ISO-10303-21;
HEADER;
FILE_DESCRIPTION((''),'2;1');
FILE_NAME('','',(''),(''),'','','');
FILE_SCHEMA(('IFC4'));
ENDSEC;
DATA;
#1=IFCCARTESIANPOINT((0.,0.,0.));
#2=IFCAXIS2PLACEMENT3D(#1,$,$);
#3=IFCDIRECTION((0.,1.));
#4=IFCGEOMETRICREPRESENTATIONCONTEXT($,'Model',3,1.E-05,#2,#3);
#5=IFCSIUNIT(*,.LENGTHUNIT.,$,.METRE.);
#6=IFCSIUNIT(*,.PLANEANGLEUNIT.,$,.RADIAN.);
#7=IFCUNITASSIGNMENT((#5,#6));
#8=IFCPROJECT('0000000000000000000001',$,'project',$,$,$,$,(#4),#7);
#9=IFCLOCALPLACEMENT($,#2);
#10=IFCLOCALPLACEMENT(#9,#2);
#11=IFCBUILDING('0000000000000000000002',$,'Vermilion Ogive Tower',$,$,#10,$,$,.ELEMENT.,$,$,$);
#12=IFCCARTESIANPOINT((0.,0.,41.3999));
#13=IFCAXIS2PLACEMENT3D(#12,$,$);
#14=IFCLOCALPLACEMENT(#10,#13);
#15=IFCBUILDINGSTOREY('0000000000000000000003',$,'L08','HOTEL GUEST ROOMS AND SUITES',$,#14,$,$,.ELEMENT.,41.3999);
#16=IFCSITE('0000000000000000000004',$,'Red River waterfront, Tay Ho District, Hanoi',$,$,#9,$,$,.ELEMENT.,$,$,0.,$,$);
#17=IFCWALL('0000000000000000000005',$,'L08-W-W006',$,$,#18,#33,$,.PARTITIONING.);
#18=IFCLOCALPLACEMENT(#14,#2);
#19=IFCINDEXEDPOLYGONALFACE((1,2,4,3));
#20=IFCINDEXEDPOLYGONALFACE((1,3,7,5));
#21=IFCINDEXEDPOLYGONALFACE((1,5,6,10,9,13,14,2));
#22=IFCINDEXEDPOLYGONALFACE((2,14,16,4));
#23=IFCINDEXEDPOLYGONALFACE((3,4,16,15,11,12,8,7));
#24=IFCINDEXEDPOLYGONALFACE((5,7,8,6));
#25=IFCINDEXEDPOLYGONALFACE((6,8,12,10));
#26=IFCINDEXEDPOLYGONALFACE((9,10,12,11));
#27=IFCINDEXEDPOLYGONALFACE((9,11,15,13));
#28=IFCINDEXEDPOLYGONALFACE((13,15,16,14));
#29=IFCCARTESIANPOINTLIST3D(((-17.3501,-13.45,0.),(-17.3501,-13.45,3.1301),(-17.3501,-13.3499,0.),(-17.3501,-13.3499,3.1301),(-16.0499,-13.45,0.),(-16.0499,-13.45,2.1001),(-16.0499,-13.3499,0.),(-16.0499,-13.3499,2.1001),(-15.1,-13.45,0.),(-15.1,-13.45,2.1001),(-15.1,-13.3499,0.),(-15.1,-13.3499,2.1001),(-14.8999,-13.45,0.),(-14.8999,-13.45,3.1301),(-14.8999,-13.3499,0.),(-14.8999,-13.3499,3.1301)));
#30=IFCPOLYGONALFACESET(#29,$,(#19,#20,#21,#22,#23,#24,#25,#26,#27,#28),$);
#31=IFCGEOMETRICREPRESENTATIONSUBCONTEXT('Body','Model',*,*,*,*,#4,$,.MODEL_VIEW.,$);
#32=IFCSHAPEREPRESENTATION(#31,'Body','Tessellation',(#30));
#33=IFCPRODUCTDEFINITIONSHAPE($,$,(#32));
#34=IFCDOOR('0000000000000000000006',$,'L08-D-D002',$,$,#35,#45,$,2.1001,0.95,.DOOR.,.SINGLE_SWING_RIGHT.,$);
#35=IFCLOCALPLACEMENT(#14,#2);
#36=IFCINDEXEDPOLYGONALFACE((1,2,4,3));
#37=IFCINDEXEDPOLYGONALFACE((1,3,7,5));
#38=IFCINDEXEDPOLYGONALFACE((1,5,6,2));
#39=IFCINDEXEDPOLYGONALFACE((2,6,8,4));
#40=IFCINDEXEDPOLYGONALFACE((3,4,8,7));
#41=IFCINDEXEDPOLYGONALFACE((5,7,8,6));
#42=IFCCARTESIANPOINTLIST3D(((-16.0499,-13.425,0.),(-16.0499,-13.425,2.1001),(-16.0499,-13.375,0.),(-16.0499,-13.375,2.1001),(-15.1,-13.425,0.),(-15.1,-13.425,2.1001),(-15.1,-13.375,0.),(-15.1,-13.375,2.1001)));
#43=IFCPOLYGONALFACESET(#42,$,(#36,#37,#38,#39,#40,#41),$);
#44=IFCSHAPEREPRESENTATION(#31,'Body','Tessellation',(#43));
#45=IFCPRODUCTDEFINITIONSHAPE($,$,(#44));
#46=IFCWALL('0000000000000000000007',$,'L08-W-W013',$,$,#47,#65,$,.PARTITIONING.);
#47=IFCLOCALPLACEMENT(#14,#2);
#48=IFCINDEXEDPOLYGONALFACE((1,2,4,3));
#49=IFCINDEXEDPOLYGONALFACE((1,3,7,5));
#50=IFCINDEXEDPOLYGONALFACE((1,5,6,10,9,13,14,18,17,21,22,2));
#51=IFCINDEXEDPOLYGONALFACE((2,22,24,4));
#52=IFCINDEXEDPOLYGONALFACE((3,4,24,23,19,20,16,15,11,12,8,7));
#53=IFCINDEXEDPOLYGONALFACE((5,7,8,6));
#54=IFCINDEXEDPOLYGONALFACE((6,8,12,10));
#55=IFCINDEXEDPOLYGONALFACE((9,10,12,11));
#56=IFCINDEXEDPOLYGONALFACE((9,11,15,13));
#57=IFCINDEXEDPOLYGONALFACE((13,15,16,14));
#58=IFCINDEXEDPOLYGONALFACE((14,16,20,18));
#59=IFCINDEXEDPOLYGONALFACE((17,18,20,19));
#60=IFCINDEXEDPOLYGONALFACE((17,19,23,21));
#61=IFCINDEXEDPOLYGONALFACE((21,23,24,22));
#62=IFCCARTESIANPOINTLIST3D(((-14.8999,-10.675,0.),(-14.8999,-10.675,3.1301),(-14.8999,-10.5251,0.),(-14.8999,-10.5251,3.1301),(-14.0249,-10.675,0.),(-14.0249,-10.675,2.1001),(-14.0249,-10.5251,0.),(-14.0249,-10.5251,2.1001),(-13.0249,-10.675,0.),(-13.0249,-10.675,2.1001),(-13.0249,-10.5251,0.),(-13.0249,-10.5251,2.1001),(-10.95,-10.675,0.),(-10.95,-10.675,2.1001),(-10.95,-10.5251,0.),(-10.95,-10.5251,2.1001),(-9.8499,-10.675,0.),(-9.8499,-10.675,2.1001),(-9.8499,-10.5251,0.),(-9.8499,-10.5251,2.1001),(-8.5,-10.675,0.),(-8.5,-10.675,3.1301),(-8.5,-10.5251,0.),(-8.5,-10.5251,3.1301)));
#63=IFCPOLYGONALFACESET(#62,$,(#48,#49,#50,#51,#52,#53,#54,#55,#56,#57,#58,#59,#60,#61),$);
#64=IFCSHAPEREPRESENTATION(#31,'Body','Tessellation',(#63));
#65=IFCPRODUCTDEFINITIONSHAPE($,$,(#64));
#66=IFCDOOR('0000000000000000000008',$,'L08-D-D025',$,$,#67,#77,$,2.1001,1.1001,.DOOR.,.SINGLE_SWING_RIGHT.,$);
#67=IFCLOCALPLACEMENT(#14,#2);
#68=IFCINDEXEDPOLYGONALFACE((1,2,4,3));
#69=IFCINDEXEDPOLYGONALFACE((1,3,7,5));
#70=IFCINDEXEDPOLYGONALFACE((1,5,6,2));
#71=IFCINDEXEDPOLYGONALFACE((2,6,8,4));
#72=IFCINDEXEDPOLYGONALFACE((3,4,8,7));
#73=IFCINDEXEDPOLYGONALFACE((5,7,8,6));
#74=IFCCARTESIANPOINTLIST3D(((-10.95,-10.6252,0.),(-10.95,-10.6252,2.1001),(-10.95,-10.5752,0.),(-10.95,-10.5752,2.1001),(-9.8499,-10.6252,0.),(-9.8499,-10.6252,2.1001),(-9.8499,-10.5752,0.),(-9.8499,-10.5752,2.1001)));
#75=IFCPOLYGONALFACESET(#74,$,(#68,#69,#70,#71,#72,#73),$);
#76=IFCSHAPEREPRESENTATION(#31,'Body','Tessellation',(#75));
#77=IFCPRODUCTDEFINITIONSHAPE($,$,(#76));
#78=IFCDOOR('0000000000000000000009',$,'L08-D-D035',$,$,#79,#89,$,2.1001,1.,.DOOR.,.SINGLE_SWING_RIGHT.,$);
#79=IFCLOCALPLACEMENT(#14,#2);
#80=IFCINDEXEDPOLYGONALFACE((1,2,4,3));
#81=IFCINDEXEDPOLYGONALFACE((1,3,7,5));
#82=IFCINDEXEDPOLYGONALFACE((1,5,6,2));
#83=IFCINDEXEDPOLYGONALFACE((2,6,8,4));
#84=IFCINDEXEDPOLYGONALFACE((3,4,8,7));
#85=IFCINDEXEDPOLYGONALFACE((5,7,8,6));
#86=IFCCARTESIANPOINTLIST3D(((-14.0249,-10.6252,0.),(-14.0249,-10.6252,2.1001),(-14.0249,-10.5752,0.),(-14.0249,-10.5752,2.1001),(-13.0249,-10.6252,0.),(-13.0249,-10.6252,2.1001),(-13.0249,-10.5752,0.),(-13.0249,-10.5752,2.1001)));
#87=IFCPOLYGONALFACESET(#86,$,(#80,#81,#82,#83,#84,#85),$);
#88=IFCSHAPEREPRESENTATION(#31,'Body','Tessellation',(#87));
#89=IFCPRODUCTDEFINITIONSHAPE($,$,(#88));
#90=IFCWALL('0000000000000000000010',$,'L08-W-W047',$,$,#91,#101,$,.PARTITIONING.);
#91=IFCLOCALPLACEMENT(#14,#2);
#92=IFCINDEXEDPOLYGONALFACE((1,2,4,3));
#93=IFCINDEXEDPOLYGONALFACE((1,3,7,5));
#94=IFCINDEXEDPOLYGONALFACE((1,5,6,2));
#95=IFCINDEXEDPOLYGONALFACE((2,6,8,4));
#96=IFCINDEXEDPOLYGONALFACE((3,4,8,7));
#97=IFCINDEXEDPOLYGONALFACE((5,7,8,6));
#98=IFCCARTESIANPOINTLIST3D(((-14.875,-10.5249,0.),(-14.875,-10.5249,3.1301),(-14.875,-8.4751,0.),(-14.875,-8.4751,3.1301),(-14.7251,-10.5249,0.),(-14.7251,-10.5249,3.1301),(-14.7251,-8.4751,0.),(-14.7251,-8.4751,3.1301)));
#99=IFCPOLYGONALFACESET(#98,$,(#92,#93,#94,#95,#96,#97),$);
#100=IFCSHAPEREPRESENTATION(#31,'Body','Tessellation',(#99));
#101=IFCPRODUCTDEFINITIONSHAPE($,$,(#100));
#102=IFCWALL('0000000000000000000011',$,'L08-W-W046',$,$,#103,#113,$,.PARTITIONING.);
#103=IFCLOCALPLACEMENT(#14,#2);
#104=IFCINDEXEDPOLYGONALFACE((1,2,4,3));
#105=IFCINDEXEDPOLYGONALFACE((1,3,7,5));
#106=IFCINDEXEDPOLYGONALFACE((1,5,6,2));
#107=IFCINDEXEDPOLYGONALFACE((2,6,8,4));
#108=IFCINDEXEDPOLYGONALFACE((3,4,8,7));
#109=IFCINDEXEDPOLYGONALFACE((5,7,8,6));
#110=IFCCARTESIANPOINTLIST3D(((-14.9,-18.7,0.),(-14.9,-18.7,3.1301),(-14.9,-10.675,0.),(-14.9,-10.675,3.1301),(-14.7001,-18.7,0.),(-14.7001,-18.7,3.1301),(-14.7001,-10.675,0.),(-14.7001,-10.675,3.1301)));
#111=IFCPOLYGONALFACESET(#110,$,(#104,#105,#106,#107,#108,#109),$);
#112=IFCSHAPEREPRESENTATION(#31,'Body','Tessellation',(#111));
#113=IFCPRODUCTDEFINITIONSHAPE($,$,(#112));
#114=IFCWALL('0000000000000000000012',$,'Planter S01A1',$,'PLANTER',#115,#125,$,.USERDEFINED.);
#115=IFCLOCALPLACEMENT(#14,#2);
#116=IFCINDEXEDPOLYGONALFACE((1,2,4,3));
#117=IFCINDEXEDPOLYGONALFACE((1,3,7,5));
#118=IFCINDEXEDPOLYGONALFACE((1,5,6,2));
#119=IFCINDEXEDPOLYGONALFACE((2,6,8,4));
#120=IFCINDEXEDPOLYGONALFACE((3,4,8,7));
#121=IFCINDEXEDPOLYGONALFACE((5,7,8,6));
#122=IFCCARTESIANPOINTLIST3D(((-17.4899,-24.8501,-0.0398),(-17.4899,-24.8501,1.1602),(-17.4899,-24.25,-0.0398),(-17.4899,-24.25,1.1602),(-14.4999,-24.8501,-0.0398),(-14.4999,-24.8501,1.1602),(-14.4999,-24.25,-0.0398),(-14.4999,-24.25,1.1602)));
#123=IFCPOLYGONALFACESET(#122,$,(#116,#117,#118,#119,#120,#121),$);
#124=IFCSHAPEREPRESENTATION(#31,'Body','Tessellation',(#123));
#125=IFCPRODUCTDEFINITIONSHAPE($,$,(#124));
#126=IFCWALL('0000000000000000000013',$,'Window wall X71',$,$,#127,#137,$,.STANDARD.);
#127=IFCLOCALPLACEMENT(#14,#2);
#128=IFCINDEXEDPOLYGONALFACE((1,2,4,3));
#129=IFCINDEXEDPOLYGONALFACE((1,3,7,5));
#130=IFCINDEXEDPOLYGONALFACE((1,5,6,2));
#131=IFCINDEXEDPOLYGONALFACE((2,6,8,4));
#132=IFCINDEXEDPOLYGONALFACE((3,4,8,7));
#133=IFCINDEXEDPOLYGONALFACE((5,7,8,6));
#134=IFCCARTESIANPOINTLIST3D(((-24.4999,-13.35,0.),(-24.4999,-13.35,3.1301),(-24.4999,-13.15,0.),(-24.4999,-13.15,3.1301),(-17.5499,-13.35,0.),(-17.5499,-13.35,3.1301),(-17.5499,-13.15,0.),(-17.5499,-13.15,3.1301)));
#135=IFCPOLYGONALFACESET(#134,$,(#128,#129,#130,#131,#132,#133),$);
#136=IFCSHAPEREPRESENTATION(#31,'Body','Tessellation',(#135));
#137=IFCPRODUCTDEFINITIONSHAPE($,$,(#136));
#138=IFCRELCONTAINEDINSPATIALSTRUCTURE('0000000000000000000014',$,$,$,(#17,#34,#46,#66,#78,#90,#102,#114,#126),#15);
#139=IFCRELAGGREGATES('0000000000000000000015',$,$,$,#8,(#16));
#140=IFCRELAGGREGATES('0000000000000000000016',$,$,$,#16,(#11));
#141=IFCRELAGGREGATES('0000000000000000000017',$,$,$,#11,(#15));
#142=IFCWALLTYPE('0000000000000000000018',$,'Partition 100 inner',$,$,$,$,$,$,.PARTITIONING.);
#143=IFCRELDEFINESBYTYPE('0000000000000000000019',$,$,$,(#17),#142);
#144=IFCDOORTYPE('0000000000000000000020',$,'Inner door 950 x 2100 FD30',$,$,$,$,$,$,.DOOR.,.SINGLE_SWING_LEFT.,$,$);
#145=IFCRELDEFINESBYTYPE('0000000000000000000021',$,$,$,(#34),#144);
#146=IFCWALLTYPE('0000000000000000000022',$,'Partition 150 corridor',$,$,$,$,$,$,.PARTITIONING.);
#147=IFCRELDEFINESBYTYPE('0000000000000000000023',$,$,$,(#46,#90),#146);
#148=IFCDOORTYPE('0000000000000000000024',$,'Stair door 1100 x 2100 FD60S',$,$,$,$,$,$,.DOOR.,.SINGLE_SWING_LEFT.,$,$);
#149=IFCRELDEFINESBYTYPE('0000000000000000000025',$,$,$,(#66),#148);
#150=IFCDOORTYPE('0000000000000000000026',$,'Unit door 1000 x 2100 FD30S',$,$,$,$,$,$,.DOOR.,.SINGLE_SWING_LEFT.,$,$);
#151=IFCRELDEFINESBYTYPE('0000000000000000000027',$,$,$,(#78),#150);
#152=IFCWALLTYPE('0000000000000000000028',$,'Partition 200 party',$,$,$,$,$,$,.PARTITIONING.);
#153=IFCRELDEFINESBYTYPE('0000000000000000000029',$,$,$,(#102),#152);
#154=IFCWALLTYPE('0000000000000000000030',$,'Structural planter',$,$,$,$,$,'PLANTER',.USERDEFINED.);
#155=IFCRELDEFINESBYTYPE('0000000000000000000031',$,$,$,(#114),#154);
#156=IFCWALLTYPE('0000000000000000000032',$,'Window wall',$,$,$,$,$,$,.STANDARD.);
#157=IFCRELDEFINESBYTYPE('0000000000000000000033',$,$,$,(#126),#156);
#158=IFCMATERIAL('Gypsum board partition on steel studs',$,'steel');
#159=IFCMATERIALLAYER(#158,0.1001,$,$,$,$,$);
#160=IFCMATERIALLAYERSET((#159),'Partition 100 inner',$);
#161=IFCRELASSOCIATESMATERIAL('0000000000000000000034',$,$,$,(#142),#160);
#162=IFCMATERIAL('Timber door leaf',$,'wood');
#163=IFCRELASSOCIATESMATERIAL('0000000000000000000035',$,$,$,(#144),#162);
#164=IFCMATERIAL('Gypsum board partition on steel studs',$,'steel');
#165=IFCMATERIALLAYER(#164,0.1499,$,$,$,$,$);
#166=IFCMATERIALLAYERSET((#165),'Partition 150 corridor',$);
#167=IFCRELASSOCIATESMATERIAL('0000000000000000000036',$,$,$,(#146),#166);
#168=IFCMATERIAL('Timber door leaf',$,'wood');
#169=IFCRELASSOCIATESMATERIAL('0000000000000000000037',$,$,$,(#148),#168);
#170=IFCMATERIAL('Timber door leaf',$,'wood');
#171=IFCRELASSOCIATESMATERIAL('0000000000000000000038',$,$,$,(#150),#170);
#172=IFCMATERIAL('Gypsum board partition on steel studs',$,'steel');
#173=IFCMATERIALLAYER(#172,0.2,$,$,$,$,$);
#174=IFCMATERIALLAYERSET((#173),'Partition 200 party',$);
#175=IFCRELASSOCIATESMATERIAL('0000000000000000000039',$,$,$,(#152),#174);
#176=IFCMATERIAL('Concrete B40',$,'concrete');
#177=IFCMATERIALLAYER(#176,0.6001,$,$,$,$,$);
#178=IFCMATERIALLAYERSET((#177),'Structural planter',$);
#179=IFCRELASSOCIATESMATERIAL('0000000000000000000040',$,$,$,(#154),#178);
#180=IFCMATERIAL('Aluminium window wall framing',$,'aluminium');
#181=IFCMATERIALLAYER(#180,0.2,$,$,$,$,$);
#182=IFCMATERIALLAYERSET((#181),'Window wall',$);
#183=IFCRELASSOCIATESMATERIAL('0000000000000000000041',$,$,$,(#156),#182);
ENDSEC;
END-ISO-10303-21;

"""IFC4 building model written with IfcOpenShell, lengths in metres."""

from ifc_helpers import new_model, si_unit, direction, frame, frame_2d, origin, place, context, subcontext, project, spatial, rectangle, extrude, material, layer, layer_set, type_object, element, fill, save


model = new_model("IFC4")

# Units and contexts
model_context = context("Model", 3, precision=1e-05, world=origin(), true_north=direction((0.0, 1.0)))
body_context = subcontext(model_context, "Body", "Model", "MODEL_VIEW")
ifc_project = project(units=[si_unit("LENGTHUNIT", "METRE"), si_unit("PLANEANGLEUNIT", "RADIAN")], contexts=[model_context])

# Site, building, storey
site_placement = place(None, origin())
site = spatial("IfcSite", under=ifc_project, at=site_placement, Name="Red River waterfront, Tay Ho District, Hanoi", CompositionType="ELEMENT", RefElevation=0.0)
building_placement = place(site_placement, origin())
building = spatial("IfcBuilding", under=site, at=building_placement, Name="Vermilion Ogive Tower", CompositionType="ELEMENT")
storey_placement = place(building_placement, frame((0.0, 0.0, 41.3999)))
storey = spatial("IfcBuildingStorey", under=building, at=storey_placement, Name="L08", Description="HOTEL GUEST ROOMS AND SUITES", CompositionType="ELEMENT", Elevation=41.3999)

# Wall, opening, door
ifc_material_1 = material(Name="Gypsum board partition on steel studs", Category="steel")
ifc_layer_1 = layer(ifc_material_1, 0.1001)
ifc_layer_set_1 = layer_set([ifc_layer_1], Name="Partition 100 inner")
wall_type_1 = type_object("IfcWallType", Name="Partition 100 inner", PredefinedType="PARTITIONING", material=ifc_layer_set_1)
wall_1_placement = place(storey_placement, frame((-17.3501, -13.3999, 0.0), z_axis=(0.0, 0.0, 1.0), x_axis=(1.0, 0.0, 0.0)))
wall_1 = element("IfcWall", 1, at=wall_1_placement, inside=storey, type_object=wall_type_1, Name="L08-W-W006", PredefinedType="PARTITIONING", context=body_context, shape_type="SweptSolid", body=[
    extrude(rectangle(XDim=2.4502, YDim=0.1001, at=frame_2d((1.2251, 0.0))), origin(), (0.0, 0.0, 1.0), 3.1301),
])
opening_1_placement = place(wall_1_placement, frame((1.3, 0.0, 0.0)))
opening_1 = element("IfcOpeningElement", 2, at=opening_1_placement, cuts=wall_1, PredefinedType="OPENING", context=body_context, shape_type="SweptSolid", body=[
    extrude(rectangle(XDim=0.95, YDim=2.1001, at=frame_2d((0.4751, 1.05))), frame((0.0, 0.0601, 0.0), z_axis=(0.0, -1.0, 0.0), x_axis=(1.0, 0.0, 0.0)), (0.0, 0.0, 1.0), 0.1201),
])
ifc_material_2 = material(Name="Timber door leaf", Category="wood")
door_type_1 = type_object("IfcDoorType", Name="Inner door 950 x 2100 FD30", OperationType="SINGLE_SWING_LEFT", PredefinedType="DOOR", material=ifc_material_2)
door_1_placement = place(opening_1_placement, origin())
door_1 = element("IfcDoor", 3, at=door_1_placement, inside=storey, type_object=door_type_1, Name="L08-D-D002", OperationType="SINGLE_SWING_RIGHT", OverallHeight=2.1001, OverallWidth=0.95, PredefinedType="DOOR", context=body_context, shape_type="SweptSolid", body=[
    extrude(rectangle(XDim=0.95, YDim=2.1001, at=frame_2d((0.4751, 1.05))), frame((0.0, 0.0249, 0.0), z_axis=(0.0, -1.0, 0.0), x_axis=(1.0, 0.0, 0.0)), (0.0, 0.0, 1.0), 0.05),
])
fill(opening_1, door_1)

# Wall, openings, doors
ifc_material_3 = material(Name="Gypsum board partition on steel studs", Category="steel")
ifc_layer_2 = layer(ifc_material_3, 0.1499)
ifc_layer_set_2 = layer_set([ifc_layer_2], Name="Partition 150 corridor")
wall_type_2 = type_object("IfcWallType", Name="Partition 150 corridor", PredefinedType="PARTITIONING", material=ifc_layer_set_2)
wall_2_placement = place(storey_placement, frame((-14.8999, -10.6001, 0.0), z_axis=(0.0, 0.0, 1.0), x_axis=(1.0, 0.0, 0.0)))
wall_2 = element("IfcWall", 4, at=wall_2_placement, inside=storey, type_object=wall_type_2, Name="L08-W-W013", PredefinedType="PARTITIONING", context=body_context, shape_type="SweptSolid", body=[
    extrude(rectangle(XDim=6.3999, YDim=0.1499, at=frame_2d((3.2, 0.0))), origin(), (0.0, 0.0, 1.0), 3.1301),
])
opening_2_placement = place(wall_2_placement, frame((3.95, 0.0, 0.0)))
opening_2 = element("IfcOpeningElement", 5, at=opening_2_placement, cuts=wall_2, PredefinedType="OPENING", context=body_context, shape_type="SweptSolid", body=[
    extrude(rectangle(XDim=1.1001, YDim=2.1001, at=frame_2d((0.55, 1.05))), frame((0.0, 0.085, 0.0), z_axis=(0.0, -1.0, 0.0), x_axis=(1.0, 0.0, 0.0)), (0.0, 0.0, 1.0), 0.1699),
])
opening_3_placement = place(wall_2_placement, frame((0.875, 0.0, 0.0)))
opening_3 = element("IfcOpeningElement", 6, at=opening_3_placement, cuts=wall_2, PredefinedType="OPENING", context=body_context, shape_type="SweptSolid", body=[
    extrude(rectangle(XDim=1.0, YDim=2.1001, at=frame_2d((0.5, 1.05))), frame((0.0, 0.085, 0.0), z_axis=(0.0, -1.0, 0.0), x_axis=(1.0, 0.0, 0.0)), (0.0, 0.0, 1.0), 0.1699),
])
ifc_material_4 = material(Name="Timber door leaf", Category="wood")
door_type_2 = type_object("IfcDoorType", Name="Stair door 1100 x 2100 FD60S", OperationType="SINGLE_SWING_LEFT", PredefinedType="DOOR", material=ifc_material_4)
door_2_placement = place(opening_2_placement, origin())
door_2 = element("IfcDoor", 7, at=door_2_placement, inside=storey, type_object=door_type_2, Name="L08-D-D025", OperationType="SINGLE_SWING_RIGHT", OverallHeight=2.1001, OverallWidth=1.1001, PredefinedType="DOOR", context=body_context, shape_type="SweptSolid", body=[
    extrude(rectangle(XDim=1.1001, YDim=2.1001, at=frame_2d((0.55, 1.05))), frame((0.0, 0.0249, 0.0), z_axis=(0.0, -1.0, 0.0), x_axis=(1.0, 0.0, 0.0)), (0.0, 0.0, 1.0), 0.05),
])
fill(opening_2, door_2)
ifc_material_5 = material(Name="Timber door leaf", Category="wood")
door_type_3 = type_object("IfcDoorType", Name="Unit door 1000 x 2100 FD30S", OperationType="SINGLE_SWING_LEFT", PredefinedType="DOOR", material=ifc_material_5)
door_3_placement = place(opening_3_placement, origin())
door_3 = element("IfcDoor", 8, at=door_3_placement, inside=storey, type_object=door_type_3, Name="L08-D-D035", OperationType="SINGLE_SWING_RIGHT", OverallHeight=2.1001, OverallWidth=1.0, PredefinedType="DOOR", context=body_context, shape_type="SweptSolid", body=[
    extrude(rectangle(XDim=1.0, YDim=2.1001, at=frame_2d((0.5, 1.05))), frame((0.0, 0.0249, 0.0), z_axis=(0.0, -1.0, 0.0), x_axis=(1.0, 0.0, 0.0)), (0.0, 0.0, 1.0), 0.05),
])
fill(opening_3, door_3)

# Walls
wall_3_placement = place(storey_placement, frame((-14.8, -10.5249, 0.0), z_axis=(0.0, 0.0, 1.0), x_axis=(0.0, 1.0, 0.0)))
element("IfcWall", 9, at=wall_3_placement, inside=storey, type_object=wall_type_2, Name="L08-W-W047", PredefinedType="PARTITIONING", context=body_context, shape_type="SweptSolid", body=[
    extrude(rectangle(XDim=2.0498, YDim=0.1499, at=frame_2d((1.0249, 0.0))), origin(), (0.0, 0.0, 1.0), 3.1301),
])
ifc_material_6 = material(Name="Gypsum board partition on steel studs", Category="steel")
ifc_layer_3 = layer(ifc_material_6, 0.2)
ifc_layer_set_3 = layer_set([ifc_layer_3], Name="Partition 200 party")
wall_type_3 = type_object("IfcWallType", Name="Partition 200 party", PredefinedType="PARTITIONING", material=ifc_layer_set_3)
wall_4_placement = place(storey_placement, frame((-14.8, -18.7, 0.0), z_axis=(0.0, 0.0, 1.0), x_axis=(0.0, 1.0, 0.0)))
element("IfcWall", 10, at=wall_4_placement, inside=storey, type_object=wall_type_3, Name="L08-W-W046", PredefinedType="PARTITIONING", context=body_context, shape_type="SweptSolid", body=[
    extrude(rectangle(XDim=8.0249, YDim=0.2, at=frame_2d((4.0125, 0.0))), origin(), (0.0, 0.0, 1.0), 3.1301),
])
ifc_material_7 = material(Name="Concrete B40", Category="concrete")
ifc_layer_4 = layer(ifc_material_7, 0.6001)
ifc_layer_set_4 = layer_set([ifc_layer_4], Name="Structural planter")
wall_type_4 = type_object("IfcWallType", Name="Structural planter", ElementType="PLANTER", PredefinedType="USERDEFINED", material=ifc_layer_set_4)
wall_5_placement = place(storey_placement, frame((-17.49, -24.55, -0.0398), z_axis=(0.0, 0.0, 1.0), x_axis=(1.0, 0.0, 0.0)))
element("IfcWall", 11, at=wall_5_placement, inside=storey, type_object=wall_type_4, Name="Planter S01A1", ObjectType="PLANTER", PredefinedType="USERDEFINED", context=body_context, shape_type="SweptSolid", body=[
    extrude(rectangle(XDim=2.99, YDim=0.6001, at=frame_2d((1.4951, 0.0))), origin(), (0.0, 0.0, 1.0), 1.2),
])

# Shared definitions
ifc_material_8 = material(Name="Aluminium window wall framing", Category="aluminium")
ifc_layer_5 = layer(ifc_material_8, 0.2)
ifc_layer_set_5 = layer_set([ifc_layer_5], Name="Window wall")
wall_type_5 = type_object("IfcWallType", Name="Window wall", PredefinedType="STANDARD", material=ifc_layer_set_5)

# Wall
wall_6_placement = place(storey_placement, frame((-24.5, -13.25, 0.0), z_axis=(0.0, 0.0, 1.0), x_axis=(1.0, 0.0, 0.0)))
element("IfcWall", 12, at=wall_6_placement, inside=storey, type_object=wall_type_5, Name="Window wall X71", PredefinedType="STANDARD", context=body_context, shape_type="SweptSolid", body=[
    extrude(rectangle(XDim=6.95, YDim=0.2, at=frame_2d((3.4751, 0.0))), origin(), (0.0, 0.0, 1.0), 3.1301),
])

save(model, "model.ifc")
